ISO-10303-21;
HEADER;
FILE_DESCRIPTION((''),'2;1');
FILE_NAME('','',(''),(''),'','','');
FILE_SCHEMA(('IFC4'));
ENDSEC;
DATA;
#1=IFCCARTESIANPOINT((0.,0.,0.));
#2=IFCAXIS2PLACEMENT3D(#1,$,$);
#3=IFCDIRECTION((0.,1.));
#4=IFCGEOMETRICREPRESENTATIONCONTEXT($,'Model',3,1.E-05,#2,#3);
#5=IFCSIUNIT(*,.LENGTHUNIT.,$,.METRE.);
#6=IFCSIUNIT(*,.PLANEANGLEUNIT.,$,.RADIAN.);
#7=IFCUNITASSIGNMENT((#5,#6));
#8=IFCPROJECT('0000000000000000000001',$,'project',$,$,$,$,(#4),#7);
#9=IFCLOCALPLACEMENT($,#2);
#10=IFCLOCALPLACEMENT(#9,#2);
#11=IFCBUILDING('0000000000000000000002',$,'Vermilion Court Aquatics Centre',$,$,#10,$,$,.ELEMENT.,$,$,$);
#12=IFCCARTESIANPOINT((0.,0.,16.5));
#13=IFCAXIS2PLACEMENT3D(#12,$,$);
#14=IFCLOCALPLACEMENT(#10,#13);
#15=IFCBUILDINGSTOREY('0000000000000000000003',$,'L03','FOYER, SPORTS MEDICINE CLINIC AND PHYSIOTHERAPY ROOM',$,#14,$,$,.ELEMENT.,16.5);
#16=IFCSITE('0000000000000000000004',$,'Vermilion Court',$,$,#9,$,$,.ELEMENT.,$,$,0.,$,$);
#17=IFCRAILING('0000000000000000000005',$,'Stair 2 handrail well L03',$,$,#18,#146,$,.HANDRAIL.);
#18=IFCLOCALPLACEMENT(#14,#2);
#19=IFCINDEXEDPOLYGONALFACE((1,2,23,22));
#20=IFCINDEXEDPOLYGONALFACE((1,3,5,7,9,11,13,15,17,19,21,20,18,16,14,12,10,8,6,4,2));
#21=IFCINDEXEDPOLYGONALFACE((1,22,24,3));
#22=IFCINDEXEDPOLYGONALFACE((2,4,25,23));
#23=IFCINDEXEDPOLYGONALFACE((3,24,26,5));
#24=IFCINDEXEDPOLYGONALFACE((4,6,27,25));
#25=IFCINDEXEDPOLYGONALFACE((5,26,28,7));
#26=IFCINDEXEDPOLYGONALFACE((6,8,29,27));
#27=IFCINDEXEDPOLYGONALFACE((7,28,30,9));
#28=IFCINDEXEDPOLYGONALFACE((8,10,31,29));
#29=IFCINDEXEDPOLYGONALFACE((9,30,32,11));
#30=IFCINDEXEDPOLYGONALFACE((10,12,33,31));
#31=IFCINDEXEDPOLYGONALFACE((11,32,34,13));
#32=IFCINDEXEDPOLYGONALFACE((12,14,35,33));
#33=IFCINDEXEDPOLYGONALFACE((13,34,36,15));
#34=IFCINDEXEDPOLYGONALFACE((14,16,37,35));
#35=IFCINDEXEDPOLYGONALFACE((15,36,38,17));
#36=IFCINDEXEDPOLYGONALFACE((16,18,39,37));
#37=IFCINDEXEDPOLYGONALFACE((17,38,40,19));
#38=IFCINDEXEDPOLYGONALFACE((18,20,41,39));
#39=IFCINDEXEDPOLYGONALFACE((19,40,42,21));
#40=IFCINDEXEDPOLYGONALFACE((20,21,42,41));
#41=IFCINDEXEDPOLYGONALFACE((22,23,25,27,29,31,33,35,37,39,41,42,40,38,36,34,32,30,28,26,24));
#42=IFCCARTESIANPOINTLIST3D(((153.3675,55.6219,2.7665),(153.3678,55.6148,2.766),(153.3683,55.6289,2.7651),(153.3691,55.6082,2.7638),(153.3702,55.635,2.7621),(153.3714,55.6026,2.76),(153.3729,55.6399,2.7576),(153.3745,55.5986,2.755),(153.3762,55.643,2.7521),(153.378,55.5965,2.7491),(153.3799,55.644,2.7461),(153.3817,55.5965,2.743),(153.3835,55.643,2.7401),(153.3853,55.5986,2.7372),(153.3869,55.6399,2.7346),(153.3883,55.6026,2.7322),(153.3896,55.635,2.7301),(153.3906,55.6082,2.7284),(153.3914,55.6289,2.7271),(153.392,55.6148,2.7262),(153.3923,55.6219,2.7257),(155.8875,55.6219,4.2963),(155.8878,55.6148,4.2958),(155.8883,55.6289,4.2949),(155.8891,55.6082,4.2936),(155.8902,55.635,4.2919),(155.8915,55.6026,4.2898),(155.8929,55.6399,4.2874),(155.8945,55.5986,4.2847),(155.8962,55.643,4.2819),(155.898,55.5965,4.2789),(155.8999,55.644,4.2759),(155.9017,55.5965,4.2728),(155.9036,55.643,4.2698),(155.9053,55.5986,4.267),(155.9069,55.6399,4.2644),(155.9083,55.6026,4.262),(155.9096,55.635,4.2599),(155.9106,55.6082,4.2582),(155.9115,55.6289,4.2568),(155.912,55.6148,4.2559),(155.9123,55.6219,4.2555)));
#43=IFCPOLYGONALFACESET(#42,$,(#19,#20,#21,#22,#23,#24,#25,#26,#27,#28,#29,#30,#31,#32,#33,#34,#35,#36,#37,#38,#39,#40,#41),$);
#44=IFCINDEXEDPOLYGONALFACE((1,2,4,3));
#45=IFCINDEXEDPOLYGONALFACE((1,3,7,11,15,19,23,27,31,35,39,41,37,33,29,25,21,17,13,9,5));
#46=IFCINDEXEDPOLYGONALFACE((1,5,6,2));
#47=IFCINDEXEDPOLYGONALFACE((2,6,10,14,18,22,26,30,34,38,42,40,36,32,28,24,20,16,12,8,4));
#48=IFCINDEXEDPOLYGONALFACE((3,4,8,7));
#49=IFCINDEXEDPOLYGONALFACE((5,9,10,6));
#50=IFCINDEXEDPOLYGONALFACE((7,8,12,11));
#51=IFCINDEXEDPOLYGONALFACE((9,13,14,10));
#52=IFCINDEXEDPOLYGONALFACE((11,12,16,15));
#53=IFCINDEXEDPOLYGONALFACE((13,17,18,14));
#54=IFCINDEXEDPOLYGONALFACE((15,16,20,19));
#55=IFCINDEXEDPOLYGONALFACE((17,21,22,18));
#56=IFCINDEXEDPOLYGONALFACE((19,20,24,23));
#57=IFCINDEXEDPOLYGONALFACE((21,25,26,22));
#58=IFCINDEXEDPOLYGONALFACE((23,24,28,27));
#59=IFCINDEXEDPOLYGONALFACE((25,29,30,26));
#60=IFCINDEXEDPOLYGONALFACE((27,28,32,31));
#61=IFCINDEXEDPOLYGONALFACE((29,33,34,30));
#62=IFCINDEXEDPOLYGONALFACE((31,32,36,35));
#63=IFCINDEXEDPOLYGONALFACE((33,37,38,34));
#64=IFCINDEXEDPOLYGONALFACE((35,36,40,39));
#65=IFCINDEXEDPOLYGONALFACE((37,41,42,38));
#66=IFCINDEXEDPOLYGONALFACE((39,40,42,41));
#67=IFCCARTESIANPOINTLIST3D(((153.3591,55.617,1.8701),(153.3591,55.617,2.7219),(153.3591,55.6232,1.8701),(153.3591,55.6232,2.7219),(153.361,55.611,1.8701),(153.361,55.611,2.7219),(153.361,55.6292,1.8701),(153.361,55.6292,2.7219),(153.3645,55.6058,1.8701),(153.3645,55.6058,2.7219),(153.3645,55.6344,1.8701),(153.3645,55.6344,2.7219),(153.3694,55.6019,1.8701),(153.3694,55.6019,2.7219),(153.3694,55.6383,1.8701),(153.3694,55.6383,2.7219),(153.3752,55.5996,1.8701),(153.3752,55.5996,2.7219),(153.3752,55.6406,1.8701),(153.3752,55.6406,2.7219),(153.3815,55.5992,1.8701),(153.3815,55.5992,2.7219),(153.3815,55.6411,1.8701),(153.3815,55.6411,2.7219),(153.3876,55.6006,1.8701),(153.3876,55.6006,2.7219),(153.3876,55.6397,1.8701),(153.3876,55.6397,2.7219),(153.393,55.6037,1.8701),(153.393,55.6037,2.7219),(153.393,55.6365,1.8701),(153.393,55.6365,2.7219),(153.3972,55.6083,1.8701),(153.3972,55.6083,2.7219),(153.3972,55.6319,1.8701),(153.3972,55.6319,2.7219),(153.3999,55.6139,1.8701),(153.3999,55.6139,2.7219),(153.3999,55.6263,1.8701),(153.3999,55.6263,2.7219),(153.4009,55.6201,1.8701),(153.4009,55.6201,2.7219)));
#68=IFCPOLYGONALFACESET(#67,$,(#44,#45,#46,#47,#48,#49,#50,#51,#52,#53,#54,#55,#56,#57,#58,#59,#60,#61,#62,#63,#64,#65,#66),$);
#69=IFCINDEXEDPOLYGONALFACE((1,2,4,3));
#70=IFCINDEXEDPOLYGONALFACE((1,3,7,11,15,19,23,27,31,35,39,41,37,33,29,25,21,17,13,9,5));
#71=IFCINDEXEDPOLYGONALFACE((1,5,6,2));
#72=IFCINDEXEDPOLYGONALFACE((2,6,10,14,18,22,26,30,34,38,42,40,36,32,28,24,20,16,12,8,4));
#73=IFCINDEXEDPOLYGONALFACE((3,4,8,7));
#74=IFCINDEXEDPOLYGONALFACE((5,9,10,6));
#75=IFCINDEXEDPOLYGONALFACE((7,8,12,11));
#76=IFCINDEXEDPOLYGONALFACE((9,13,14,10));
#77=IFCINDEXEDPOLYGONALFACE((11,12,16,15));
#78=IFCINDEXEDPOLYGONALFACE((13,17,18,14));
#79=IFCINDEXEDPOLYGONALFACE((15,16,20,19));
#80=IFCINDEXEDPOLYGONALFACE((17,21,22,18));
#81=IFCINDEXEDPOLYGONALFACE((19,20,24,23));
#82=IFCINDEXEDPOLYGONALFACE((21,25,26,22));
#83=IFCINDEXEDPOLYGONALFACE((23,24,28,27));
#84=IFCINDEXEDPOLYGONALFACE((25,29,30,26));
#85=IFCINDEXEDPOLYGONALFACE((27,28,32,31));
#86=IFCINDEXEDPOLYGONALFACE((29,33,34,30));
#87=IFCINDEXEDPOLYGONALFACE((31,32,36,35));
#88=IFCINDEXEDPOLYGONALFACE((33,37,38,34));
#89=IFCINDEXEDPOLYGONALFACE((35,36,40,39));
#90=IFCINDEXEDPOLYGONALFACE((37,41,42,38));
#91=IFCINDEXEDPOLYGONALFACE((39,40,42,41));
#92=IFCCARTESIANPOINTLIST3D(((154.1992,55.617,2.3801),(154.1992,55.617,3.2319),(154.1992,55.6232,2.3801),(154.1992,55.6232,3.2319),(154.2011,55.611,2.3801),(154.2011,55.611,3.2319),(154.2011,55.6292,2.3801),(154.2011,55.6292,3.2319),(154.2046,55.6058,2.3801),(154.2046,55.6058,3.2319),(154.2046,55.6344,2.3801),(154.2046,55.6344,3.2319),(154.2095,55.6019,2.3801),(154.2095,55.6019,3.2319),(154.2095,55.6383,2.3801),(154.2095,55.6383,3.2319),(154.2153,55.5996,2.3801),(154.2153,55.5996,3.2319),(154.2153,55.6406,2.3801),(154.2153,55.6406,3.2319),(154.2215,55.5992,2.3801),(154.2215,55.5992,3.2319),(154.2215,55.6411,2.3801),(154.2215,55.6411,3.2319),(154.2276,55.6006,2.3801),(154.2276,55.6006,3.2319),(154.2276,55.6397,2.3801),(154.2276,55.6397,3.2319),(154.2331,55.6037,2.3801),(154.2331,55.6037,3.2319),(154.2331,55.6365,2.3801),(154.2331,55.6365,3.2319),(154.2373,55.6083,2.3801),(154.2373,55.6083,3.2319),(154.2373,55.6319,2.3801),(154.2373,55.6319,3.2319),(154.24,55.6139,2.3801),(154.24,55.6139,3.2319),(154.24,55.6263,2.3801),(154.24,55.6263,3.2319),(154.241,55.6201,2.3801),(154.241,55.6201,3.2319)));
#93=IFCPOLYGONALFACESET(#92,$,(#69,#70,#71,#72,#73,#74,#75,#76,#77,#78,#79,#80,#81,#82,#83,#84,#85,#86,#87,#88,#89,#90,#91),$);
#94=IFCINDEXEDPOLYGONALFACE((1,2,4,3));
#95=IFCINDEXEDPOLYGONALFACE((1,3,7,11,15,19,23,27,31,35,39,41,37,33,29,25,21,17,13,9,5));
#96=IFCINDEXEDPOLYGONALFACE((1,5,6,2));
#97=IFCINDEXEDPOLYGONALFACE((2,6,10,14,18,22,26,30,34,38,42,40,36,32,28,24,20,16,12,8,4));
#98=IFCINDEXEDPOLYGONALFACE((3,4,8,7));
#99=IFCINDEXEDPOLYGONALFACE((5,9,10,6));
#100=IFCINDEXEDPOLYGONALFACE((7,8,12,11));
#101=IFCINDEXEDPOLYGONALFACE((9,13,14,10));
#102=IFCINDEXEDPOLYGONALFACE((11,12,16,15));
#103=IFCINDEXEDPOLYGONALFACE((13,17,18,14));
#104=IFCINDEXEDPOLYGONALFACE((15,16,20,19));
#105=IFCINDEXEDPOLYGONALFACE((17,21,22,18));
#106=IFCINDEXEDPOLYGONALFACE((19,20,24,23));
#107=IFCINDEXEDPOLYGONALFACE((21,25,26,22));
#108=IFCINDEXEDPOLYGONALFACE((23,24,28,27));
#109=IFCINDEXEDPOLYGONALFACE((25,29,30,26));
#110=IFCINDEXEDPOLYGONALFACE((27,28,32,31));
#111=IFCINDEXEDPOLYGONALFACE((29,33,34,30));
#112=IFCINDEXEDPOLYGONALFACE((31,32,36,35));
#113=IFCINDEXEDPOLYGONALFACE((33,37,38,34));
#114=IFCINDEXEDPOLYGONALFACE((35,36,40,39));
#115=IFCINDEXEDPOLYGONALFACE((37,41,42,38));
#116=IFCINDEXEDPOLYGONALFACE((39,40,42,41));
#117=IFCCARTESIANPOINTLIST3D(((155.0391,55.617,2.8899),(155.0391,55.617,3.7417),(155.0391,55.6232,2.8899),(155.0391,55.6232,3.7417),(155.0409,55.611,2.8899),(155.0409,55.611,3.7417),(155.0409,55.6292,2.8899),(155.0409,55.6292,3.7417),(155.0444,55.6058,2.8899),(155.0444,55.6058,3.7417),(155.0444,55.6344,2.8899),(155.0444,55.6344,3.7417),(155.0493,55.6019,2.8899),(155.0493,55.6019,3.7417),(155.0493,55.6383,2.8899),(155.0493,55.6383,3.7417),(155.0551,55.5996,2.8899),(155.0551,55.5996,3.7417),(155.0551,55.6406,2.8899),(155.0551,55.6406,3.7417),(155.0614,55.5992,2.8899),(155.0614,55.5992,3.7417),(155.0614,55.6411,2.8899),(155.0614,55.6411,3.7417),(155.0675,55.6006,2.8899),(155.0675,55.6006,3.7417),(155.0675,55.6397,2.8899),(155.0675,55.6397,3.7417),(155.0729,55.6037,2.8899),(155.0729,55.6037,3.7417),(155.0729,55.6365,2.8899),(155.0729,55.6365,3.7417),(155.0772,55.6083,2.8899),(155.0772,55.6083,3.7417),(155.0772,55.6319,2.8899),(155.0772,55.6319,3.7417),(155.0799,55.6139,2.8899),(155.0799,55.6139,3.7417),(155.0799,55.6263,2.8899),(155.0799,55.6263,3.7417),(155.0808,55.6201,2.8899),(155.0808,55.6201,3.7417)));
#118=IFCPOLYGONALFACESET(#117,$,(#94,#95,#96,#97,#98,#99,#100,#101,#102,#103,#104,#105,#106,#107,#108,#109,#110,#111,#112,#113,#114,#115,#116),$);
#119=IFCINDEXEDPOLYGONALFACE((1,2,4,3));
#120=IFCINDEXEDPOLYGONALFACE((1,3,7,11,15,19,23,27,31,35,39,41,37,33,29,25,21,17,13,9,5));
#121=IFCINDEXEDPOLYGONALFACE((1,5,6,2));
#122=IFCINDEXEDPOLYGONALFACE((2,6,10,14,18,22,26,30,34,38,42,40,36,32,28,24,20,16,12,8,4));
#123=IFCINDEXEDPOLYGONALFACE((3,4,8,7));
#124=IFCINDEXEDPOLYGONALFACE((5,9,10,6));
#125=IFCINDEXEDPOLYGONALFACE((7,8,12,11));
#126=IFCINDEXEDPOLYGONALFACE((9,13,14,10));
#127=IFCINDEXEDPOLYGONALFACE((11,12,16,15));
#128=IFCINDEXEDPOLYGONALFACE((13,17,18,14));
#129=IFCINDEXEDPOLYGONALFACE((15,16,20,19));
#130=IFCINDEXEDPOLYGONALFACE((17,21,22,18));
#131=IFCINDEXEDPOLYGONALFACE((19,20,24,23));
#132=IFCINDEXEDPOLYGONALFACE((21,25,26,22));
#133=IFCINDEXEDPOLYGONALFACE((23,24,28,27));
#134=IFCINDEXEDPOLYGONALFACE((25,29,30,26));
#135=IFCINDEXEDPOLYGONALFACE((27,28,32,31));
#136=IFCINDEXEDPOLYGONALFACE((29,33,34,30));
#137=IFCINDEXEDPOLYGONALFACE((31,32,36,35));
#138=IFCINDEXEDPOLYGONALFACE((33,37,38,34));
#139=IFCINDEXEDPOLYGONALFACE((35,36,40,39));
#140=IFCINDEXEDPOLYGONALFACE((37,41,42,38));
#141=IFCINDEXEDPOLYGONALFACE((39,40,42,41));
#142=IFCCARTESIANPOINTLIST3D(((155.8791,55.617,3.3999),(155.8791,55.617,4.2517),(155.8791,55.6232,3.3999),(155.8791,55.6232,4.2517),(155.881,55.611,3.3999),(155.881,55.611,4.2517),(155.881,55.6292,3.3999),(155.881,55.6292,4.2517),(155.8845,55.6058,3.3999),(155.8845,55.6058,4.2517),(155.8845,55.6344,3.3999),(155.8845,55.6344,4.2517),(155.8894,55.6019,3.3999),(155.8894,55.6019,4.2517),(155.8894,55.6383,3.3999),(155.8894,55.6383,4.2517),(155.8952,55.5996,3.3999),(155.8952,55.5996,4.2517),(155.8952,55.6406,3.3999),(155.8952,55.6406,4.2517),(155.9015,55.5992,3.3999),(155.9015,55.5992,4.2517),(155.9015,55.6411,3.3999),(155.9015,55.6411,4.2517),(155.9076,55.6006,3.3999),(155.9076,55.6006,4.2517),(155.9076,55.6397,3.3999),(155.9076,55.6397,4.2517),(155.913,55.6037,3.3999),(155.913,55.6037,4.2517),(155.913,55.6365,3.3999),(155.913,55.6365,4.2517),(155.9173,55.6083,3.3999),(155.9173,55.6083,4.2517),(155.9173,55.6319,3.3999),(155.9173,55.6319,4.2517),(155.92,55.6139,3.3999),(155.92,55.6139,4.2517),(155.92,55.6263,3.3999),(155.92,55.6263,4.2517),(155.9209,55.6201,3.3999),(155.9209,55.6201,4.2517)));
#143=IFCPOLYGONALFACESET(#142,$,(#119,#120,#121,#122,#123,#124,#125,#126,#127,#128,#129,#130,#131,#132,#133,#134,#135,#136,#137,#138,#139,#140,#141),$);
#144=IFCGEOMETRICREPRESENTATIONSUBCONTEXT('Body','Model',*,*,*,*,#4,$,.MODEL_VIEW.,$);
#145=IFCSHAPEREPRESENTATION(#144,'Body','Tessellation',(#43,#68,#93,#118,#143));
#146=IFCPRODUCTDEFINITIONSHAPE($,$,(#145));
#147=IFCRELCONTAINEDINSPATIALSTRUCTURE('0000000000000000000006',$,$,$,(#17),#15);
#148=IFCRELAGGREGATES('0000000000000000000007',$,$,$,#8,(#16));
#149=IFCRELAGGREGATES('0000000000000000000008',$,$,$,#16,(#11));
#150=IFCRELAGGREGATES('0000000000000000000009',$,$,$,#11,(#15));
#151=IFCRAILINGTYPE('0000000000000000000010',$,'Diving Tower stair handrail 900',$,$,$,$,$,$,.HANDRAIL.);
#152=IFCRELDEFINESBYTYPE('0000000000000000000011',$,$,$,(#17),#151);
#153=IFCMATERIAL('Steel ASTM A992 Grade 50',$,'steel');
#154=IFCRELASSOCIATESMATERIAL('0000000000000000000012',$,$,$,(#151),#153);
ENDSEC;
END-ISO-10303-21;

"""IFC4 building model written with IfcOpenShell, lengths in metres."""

from ifc_helpers import new_model, si_unit, direction, frame, origin, origin_2d, place, context, subcontext, project, spatial, circle, extrude, material, type_object, element, save


model = new_model("IFC4")

# Units and contexts
model_context = context("Model", 3, precision=1e-05, world=origin(), true_north=direction((0.0, 1.0)))
body_context = subcontext(model_context, "Body", "Model", "MODEL_VIEW")
ifc_project = project(units=[si_unit("LENGTHUNIT", "METRE"), si_unit("PLANEANGLEUNIT", "RADIAN")], contexts=[model_context])

# Site, building, storey
site_placement = place(None, origin())
site = spatial("IfcSite", under=ifc_project, at=site_placement, Name="Vermilion Court", CompositionType="ELEMENT", RefElevation=0.0)
building_placement = place(site_placement, origin())
building = spatial("IfcBuilding", under=site, at=building_placement, Name="Vermilion Court Aquatics Centre", CompositionType="ELEMENT")
storey_placement = place(building_placement, frame((0.0, 0.0, 16.5)))
storey = spatial("IfcBuildingStorey", under=building, at=storey_placement, Name="L03", Description="FOYER, SPORTS MEDICINE CLINIC AND PHYSIOTHERAPY ROOM", CompositionType="ELEMENT", Elevation=16.5)

# Railing
ifc_material_1 = material(Name="Steel ASTM A992 Grade 50", Category="steel")
railing_type_1 = type_object("IfcRailingType", Name="Diving Tower stair handrail 900", PredefinedType="HANDRAIL", material=ifc_material_1)
for number, where, name in (
    (1, (153.3799, 55.6201, 1.8701), "Stair 2 handrail well L03"),
):
    element("IfcRailing", number, at=place(storey_placement, frame(where)), inside=storey, type_object=railing_type_1, Name=name, PredefinedType="HANDRAIL", context=body_context, shape_type="SweptSolid", body=[
        extrude(circle(Radius=0.0239, at=origin_2d()), frame((0.0, 0.0, 0.876), z_axis=(0.854822, 0.0, 0.518922), x_axis=(0.0, 1.0, 0.0)), (0.0, 0.0, 1.0), 2.948),
        extrude(circle(Radius=0.021, at=origin_2d()), origin(), (0.0, 0.0, 1.0), 0.8518),
        extrude(circle(Radius=0.021, at=origin_2d()), frame((0.8401, 0.0, 0.51)), (0.0, 0.0, 1.0), 0.8518),
        extrude(circle(Radius=0.021, at=origin_2d()), frame((1.6799, 0.0, 1.0198)), (0.0, 0.0, 1.0), 0.8518),
        extrude(circle(Radius=0.021, at=origin_2d()), frame((2.52, 0.0, 1.5298)), (0.0, 0.0, 1.0), 0.8518),
    ])

save(model, "model.ifc")
